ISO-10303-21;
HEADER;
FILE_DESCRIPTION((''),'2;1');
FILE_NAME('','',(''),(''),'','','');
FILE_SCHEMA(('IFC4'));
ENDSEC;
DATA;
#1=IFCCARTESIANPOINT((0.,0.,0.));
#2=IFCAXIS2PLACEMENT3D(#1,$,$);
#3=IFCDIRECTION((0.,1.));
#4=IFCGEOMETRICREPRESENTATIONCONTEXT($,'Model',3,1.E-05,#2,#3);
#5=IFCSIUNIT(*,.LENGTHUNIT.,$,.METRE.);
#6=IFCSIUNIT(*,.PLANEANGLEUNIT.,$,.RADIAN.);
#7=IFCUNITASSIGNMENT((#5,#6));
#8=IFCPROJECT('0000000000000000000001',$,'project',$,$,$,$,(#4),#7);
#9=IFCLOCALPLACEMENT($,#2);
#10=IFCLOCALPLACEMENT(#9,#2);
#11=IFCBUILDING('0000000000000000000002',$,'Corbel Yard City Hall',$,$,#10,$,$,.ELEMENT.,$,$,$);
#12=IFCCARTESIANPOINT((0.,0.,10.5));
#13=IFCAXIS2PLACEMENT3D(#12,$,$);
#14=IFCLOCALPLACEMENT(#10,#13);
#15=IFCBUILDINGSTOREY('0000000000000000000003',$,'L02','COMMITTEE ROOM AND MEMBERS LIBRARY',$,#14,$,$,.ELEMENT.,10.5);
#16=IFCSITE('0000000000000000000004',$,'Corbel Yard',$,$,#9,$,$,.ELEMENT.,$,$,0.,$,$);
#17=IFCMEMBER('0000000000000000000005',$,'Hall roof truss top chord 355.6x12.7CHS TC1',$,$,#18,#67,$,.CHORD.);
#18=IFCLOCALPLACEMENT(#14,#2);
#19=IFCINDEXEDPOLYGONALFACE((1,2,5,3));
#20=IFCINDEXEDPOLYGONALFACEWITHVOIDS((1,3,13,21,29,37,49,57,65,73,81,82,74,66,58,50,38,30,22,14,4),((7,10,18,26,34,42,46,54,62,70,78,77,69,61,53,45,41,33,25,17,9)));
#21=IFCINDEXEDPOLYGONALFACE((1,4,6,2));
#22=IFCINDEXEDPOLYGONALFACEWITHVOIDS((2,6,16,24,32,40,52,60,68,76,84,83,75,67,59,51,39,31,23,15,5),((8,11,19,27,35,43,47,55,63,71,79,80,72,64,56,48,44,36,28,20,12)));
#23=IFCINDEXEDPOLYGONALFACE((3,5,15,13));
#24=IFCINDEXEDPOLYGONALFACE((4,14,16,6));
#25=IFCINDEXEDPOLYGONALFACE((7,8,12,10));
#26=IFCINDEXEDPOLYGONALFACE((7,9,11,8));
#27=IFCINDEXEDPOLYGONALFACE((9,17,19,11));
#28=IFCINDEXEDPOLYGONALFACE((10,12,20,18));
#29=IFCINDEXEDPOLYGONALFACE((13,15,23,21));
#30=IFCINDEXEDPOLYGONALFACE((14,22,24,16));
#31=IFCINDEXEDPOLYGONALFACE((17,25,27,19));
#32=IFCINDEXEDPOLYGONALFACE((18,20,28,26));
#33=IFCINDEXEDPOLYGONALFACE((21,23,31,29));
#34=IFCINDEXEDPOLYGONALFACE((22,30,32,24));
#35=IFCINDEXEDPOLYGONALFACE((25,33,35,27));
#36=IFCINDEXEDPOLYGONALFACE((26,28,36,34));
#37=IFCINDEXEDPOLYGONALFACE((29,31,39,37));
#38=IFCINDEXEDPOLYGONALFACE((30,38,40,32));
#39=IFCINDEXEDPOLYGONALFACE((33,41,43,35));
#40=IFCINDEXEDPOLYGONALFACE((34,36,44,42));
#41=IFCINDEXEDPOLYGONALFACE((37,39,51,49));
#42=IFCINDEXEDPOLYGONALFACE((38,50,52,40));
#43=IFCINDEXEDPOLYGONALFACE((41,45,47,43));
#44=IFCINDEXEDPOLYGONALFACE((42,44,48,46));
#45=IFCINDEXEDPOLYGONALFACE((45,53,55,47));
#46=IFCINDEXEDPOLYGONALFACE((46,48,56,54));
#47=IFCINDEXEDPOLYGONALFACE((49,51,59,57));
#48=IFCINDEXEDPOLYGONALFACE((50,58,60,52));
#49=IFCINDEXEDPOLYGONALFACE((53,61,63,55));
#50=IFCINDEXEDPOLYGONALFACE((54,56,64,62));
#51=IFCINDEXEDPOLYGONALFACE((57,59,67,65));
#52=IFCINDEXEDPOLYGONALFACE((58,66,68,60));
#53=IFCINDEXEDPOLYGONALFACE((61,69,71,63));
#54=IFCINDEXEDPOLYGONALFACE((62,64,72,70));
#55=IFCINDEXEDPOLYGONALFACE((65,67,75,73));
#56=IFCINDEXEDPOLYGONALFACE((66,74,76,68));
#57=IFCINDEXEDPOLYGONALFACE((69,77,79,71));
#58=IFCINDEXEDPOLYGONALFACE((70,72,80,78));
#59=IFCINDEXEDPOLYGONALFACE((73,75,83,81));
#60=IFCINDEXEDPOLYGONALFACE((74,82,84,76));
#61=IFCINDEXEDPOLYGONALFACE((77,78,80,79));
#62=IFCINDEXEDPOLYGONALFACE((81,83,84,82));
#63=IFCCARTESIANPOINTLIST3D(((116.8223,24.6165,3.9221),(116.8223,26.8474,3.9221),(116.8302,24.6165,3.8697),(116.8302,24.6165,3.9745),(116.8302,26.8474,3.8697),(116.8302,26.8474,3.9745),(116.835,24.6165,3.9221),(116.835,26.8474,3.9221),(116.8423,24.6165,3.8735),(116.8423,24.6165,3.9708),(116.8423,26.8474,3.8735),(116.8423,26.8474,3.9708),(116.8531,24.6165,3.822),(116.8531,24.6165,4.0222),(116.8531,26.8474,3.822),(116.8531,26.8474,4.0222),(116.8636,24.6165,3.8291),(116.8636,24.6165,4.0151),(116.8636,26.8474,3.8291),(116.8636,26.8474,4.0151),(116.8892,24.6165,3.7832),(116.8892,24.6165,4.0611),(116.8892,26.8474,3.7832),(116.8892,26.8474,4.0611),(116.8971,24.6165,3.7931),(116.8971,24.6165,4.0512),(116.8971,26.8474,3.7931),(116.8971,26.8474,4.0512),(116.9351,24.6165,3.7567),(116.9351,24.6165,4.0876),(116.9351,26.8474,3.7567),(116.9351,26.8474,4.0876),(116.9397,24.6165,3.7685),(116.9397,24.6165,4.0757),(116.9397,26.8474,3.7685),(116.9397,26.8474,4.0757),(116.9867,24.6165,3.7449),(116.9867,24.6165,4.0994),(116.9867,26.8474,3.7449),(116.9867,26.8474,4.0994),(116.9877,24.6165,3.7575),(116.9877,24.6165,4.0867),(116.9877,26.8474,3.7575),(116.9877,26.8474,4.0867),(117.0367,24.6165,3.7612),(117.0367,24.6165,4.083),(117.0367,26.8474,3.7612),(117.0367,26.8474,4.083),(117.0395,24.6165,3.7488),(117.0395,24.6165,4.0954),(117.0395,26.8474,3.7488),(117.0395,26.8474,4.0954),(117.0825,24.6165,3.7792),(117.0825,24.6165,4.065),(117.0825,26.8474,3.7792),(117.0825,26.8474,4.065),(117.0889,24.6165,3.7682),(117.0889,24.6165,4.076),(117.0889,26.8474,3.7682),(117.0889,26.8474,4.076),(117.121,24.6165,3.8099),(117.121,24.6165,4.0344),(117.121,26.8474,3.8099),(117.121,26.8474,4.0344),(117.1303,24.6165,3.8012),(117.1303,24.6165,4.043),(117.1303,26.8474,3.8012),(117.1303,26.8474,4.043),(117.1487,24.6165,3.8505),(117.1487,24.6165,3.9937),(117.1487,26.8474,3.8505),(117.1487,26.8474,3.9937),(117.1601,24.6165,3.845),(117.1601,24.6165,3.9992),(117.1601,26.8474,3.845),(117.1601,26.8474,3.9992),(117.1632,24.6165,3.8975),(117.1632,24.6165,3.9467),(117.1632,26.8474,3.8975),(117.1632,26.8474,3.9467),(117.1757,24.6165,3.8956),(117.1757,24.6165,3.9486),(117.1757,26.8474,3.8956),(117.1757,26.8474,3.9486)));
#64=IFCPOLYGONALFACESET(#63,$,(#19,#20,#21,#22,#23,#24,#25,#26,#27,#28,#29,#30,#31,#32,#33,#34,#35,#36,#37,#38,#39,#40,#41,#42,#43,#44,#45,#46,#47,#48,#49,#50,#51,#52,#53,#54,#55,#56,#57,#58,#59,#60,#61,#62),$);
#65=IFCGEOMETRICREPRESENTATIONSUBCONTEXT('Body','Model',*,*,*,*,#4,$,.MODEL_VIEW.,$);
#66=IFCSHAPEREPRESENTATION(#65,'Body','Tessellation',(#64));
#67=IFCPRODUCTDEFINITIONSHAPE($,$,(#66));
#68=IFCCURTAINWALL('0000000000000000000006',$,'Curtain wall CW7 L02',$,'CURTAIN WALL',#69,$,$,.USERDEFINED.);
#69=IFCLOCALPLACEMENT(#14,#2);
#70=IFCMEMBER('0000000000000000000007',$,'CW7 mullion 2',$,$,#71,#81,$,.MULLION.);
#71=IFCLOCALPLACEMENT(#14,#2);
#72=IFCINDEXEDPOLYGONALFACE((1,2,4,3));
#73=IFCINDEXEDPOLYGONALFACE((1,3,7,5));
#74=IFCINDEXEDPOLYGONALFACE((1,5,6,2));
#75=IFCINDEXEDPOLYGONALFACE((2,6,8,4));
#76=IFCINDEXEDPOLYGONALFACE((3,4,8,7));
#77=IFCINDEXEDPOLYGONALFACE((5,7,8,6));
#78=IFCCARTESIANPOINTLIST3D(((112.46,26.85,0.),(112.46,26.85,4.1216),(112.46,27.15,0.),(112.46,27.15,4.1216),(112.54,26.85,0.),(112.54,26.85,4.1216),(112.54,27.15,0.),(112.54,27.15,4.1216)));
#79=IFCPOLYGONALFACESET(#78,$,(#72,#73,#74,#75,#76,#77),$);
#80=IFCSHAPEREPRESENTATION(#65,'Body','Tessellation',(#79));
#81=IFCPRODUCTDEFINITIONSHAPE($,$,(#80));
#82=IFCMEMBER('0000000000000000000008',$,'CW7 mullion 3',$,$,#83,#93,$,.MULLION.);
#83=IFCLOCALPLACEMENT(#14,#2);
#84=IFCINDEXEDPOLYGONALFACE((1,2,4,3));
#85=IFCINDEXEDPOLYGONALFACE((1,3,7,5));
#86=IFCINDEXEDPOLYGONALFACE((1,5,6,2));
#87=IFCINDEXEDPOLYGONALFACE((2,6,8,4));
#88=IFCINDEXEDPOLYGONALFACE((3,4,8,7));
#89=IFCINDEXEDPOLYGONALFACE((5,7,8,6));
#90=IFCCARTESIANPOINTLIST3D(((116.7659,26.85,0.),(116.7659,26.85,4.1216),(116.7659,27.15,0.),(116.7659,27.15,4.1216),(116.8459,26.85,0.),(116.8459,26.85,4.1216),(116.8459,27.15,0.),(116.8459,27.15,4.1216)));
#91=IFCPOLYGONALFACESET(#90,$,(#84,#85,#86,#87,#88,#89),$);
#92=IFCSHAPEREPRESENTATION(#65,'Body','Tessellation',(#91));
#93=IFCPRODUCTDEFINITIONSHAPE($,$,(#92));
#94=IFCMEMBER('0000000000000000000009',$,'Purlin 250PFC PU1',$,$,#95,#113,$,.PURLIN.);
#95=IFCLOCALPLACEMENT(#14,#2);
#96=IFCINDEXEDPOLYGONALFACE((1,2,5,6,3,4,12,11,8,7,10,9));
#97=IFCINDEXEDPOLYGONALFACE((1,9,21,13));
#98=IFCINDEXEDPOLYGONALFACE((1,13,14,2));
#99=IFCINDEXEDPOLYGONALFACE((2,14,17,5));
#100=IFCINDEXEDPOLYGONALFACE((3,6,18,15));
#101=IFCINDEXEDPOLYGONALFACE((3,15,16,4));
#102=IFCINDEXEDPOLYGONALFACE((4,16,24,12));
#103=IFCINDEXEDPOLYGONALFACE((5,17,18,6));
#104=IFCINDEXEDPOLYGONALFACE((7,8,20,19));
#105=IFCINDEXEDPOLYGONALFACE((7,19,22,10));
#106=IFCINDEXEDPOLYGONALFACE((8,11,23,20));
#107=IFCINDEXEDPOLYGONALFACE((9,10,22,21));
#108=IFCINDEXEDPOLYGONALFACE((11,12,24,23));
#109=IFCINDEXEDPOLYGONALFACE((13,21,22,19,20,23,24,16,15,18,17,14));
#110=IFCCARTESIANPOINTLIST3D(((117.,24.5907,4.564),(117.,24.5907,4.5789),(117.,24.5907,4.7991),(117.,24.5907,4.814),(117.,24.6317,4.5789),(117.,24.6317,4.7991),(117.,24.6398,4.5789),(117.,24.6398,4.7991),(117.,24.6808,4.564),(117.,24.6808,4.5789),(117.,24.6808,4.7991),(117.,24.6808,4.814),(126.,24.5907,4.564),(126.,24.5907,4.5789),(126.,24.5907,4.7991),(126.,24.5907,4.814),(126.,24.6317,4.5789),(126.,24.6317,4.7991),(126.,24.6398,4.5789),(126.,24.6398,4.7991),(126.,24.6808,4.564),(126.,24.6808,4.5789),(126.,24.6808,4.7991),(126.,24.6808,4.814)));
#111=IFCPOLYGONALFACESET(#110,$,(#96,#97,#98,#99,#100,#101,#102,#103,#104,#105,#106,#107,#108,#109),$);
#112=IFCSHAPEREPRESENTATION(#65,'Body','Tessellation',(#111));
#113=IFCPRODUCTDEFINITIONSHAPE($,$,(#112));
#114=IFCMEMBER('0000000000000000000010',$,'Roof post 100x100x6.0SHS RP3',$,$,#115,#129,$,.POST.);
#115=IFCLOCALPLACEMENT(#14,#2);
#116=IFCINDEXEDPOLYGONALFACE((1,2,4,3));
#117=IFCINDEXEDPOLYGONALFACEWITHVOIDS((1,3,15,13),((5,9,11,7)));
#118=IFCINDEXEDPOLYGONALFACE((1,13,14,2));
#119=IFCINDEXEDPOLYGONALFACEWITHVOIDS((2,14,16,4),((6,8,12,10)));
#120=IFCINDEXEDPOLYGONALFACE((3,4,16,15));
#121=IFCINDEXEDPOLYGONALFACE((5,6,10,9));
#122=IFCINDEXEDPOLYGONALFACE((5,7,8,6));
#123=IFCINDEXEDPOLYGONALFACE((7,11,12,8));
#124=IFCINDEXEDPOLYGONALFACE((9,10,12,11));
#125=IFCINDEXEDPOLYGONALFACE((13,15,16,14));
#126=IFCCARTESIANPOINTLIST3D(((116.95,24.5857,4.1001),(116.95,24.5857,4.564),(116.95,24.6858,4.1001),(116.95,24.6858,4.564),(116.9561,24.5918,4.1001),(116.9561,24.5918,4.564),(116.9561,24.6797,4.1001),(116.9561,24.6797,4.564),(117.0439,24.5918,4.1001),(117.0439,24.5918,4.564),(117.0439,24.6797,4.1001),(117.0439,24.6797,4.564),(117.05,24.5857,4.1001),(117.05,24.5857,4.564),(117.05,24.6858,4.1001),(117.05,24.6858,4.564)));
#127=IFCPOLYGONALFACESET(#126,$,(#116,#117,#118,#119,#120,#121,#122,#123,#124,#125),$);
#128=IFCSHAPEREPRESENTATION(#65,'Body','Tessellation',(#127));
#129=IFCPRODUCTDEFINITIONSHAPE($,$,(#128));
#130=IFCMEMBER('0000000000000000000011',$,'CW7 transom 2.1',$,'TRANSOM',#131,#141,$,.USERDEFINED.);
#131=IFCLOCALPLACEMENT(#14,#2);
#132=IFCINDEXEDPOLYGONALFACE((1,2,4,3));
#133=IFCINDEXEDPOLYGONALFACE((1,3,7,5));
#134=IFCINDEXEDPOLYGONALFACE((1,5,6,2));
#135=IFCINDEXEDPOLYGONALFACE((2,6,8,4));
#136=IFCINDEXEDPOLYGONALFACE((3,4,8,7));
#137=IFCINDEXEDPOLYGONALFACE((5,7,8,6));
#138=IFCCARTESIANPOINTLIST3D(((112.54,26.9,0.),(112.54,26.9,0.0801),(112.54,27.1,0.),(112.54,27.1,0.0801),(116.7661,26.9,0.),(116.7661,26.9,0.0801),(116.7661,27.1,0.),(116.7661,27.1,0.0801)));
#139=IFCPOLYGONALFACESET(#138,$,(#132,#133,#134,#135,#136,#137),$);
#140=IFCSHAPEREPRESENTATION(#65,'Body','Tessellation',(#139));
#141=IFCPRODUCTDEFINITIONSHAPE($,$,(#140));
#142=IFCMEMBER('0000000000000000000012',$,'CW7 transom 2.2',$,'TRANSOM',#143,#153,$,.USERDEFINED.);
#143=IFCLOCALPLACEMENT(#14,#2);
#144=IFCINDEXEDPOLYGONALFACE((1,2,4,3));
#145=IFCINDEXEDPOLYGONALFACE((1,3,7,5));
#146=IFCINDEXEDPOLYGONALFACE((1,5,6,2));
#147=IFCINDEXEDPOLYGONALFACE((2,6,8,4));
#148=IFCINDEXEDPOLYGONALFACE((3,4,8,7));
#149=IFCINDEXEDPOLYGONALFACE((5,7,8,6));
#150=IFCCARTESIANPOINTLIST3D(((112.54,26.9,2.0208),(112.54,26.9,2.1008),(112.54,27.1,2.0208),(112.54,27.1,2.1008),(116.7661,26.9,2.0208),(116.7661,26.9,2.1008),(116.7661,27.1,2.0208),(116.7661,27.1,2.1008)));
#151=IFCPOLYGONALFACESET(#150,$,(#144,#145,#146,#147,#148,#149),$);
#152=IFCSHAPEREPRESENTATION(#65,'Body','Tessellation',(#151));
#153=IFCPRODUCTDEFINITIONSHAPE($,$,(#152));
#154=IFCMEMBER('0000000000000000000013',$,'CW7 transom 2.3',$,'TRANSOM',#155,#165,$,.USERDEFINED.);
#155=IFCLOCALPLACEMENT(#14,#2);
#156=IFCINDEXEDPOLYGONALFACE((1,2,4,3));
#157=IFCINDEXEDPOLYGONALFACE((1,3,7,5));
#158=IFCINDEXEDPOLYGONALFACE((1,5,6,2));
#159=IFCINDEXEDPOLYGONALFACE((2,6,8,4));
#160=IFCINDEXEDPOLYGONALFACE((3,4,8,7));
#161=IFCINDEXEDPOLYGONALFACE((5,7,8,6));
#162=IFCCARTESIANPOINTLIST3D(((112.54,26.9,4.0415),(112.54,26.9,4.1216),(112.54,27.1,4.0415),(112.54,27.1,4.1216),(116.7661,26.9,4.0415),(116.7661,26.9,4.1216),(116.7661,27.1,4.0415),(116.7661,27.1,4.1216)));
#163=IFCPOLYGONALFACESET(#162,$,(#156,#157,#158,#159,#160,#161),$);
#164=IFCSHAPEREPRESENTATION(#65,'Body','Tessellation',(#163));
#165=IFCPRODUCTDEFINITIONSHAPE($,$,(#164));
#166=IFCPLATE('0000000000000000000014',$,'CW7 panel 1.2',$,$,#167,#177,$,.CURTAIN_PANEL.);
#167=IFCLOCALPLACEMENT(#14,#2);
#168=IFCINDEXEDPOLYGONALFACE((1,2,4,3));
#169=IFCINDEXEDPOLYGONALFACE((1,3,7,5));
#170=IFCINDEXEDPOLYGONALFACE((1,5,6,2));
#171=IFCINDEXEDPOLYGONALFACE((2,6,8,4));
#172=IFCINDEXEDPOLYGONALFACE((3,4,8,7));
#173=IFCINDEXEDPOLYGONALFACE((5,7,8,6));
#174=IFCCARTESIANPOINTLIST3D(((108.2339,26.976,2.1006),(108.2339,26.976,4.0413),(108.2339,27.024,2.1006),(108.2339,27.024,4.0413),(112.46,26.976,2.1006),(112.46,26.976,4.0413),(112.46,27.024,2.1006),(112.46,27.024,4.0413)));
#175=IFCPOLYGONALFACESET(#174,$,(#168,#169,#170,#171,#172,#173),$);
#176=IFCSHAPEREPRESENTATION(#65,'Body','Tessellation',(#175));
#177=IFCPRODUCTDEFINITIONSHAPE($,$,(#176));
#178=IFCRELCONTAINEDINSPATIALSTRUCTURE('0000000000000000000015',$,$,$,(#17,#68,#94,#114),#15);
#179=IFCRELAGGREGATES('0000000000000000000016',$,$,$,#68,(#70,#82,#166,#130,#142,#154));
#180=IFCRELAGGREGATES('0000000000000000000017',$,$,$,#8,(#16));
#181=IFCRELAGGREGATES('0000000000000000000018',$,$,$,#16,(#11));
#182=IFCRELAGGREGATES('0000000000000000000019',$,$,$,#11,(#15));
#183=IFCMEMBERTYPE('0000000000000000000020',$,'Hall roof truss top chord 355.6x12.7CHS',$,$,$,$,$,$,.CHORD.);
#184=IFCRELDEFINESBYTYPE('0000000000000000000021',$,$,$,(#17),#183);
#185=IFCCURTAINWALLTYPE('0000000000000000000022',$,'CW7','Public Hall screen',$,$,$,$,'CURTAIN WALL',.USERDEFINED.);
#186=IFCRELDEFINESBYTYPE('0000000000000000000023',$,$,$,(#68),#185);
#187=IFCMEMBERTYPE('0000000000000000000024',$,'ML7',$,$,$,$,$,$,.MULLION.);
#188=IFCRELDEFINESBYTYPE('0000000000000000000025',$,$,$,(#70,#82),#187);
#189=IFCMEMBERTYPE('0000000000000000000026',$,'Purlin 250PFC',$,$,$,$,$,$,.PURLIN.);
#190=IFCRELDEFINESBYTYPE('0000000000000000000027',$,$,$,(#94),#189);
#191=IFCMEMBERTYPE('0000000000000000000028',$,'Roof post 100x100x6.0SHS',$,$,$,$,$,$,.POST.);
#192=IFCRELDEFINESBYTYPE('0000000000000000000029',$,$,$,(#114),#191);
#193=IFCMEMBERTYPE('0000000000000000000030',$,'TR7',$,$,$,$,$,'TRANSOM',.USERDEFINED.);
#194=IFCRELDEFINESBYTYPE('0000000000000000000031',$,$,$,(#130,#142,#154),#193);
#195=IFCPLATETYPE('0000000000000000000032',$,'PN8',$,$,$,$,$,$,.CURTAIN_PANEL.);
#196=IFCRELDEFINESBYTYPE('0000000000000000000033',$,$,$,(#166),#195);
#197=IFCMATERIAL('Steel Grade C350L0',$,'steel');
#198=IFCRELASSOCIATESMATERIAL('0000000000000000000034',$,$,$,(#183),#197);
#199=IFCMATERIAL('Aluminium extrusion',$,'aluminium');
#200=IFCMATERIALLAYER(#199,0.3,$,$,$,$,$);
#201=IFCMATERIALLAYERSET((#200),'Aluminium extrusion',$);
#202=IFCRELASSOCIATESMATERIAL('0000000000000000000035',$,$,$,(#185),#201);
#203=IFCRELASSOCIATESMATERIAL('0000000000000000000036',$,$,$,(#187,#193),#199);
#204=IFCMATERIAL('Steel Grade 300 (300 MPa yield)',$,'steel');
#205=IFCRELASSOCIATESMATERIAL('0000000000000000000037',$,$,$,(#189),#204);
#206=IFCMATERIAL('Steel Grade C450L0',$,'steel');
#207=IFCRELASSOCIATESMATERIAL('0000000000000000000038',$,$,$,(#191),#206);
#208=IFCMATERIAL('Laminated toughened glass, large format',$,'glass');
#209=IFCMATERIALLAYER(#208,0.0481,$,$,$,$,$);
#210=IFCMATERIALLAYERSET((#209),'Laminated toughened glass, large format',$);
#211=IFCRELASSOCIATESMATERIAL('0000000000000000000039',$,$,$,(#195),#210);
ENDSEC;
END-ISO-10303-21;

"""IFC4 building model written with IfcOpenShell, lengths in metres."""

from ifc_helpers import new_model, si_unit, direction, frame, origin, origin_2d, place, context, subcontext, project, spatial, rectangle, hollow_rectangle, hollow_circle, i_section, extrude, material, layer, layer_set, material_profile, profile_set, type_object, element, aggregate, save


model = new_model("IFC4")

# Units and contexts
model_context = context("Model", 3, precision=1e-05, world=origin(), true_north=direction((0.0, 1.0)))
body_context = subcontext(model_context, "Body", "Model", "MODEL_VIEW")
ifc_project = project(units=[si_unit("LENGTHUNIT", "METRE"), si_unit("PLANEANGLEUNIT", "RADIAN")], contexts=[model_context])

# Site, building, storey
site_placement = place(None, origin())
site = spatial("IfcSite", under=ifc_project, at=site_placement, Name="Corbel Yard", CompositionType="ELEMENT", RefElevation=0.0)
building_placement = place(site_placement, origin())
building = spatial("IfcBuilding", under=site, at=building_placement, Name="Corbel Yard City Hall", CompositionType="ELEMENT")
storey_placement = place(building_placement, frame((0.0, 0.0, 10.5)))
storey = spatial("IfcBuildingStorey", under=building, at=storey_placement, Name="L02", Description="COMMITTEE ROOM AND MEMBERS LIBRARY", CompositionType="ELEMENT", Elevation=10.5)

# Shared definitions
ifc_material_1 = material(Name="Steel Grade 300 (300 MPa yield)", Category="steel")

# Member
ifc_material_2 = material(Name="Steel Grade C350L0", Category="steel")
ifc_material_profile_1 = material_profile(ifc_material_2, hollow_circle(Radius=0.1777, WallThickness=0.0127, at=origin_2d()), Name="355.6x12.7CHS")
ifc_profile_set_1 = profile_set([ifc_material_profile_1], Name="Steel Grade C350L0")
member_type_1 = type_object("IfcMemberType", Name="Hall roof truss top chord 355.6x12.7CHS", PredefinedType="CHORD", material=ifc_profile_set_1)
member_1_placement = place(storey_placement, frame((117.0, 24.6165, 3.9221), z_axis=(0.0, 1.0, 0.0), x_axis=(-1.0, 0.0, 0.0)))
element("IfcMember", 1, at=member_1_placement, inside=storey, type_object=member_type_1, Name="Hall roof truss top chord 355.6x12.7CHS TC1", PredefinedType="CHORD", context=body_context, shape_type="SweptSolid", body=[
    extrude(hollow_circle(Radius=0.1777, WallThickness=0.0127, at=origin_2d()), origin(), (0.0, 0.0, 1.0), 2.231),
])

# Curtain wall, members
ifc_material_3 = material(Name="Aluminium extrusion", Category="aluminium")
ifc_layer_1 = layer(ifc_material_3, 0.3)
ifc_layer_set_1 = layer_set([ifc_layer_1], Name="Aluminium extrusion")
curtain_wall_type = type_object("IfcCurtainWallType", Name="CW7", Description="Public Hall screen", ElementType="CURTAIN WALL", PredefinedType="USERDEFINED", material=ifc_layer_set_1)
curtain_wall_placement = place(storey_placement, origin())
curtain_wall = element("IfcCurtainWall", 2, at=curtain_wall_placement, inside=storey, type_object=curtain_wall_type, Name="Curtain wall CW7 L02", ObjectType="CURTAIN WALL", PredefinedType="USERDEFINED")
ifc_material_profile_2 = material_profile(ifc_material_3, rectangle(XDim=0.3, YDim=0.0801, at=origin_2d()), Name="300x80")
ifc_profile_set_2 = profile_set([ifc_material_profile_2], Name="Aluminium extrusion")
member_type_2 = type_object("IfcMemberType", Name="ML7", PredefinedType="MULLION", material=ifc_profile_set_2)
member_2_placement = place(storey_placement, frame((112.5, 27.0, 0.0), z_axis=(0.0, 0.0, 1.0), x_axis=(0.0, 1.0, 0.0)))
member_2 = element("IfcMember", 3, at=member_2_placement, type_object=member_type_2, Name="CW7 mullion 2", PredefinedType="MULLION", context=body_context, shape_type="SweptSolid", body=[
    extrude(rectangle(XDim=0.3, YDim=0.0801, at=origin_2d()), origin(), (0.0, 0.0, 1.0), 4.1216),
])
member_3_placement = place(storey_placement, frame((116.8059, 27.0, 0.0), z_axis=(0.0, 0.0, 1.0), x_axis=(0.0, 1.0, 0.0)))
member_3 = element("IfcMember", 4, at=member_3_placement, type_object=member_type_2, Name="CW7 mullion 3", PredefinedType="MULLION", context=body_context, shape_type="SweptSolid", body=[
    extrude(rectangle(XDim=0.3, YDim=0.0801, at=origin_2d()), origin(), (0.0, 0.0, 1.0), 4.1216),
])

# Members
ifc_material_profile_3 = material_profile(ifc_material_1, i_section(OverallWidth=0.0901, OverallDepth=0.25, WebThickness=0.0081, FlangeThickness=0.0149, at=origin_2d()), Name="250PFC")
ifc_profile_set_3 = profile_set([ifc_material_profile_3], Name="Steel Grade 300 (300 MPa yield)")
member_type_3 = type_object("IfcMemberType", Name="Purlin 250PFC", PredefinedType="PURLIN", material=ifc_profile_set_3)
member_4_placement = place(storey_placement, frame((117.0, 24.6357, 4.689), z_axis=(1.0, 0.0, 0.0), x_axis=(0.0, 1.0, 0.0)))
element("IfcMember", 5, at=member_4_placement, inside=storey, type_object=member_type_3, Name="Purlin 250PFC PU1", PredefinedType="PURLIN", context=body_context, shape_type="SweptSolid", body=[
    extrude(i_section(OverallWidth=0.0901, OverallDepth=0.25, WebThickness=0.0081, FlangeThickness=0.0149, at=origin_2d()), origin(), (0.0, 0.0, 1.0), 9.0),
])
ifc_material_4 = material(Name="Steel Grade C450L0", Category="steel")
ifc_material_profile_4 = material_profile(ifc_material_4, hollow_rectangle(XDim=0.1001, YDim=0.1001, WallThickness=0.0061, at=origin_2d()), Name="100x100x6.0SHS")
ifc_profile_set_4 = profile_set([ifc_material_profile_4], Name="Steel Grade C450L0")
member_type_4 = type_object("IfcMemberType", Name="Roof post 100x100x6.0SHS", PredefinedType="POST", material=ifc_profile_set_4)
member_5_placement = place(storey_placement, frame((117.0, 24.6357, 4.1001), z_axis=(0.0, 0.0, 1.0), x_axis=(1.0, 0.0, 0.0)))
element("IfcMember", 6, at=member_5_placement, inside=storey, type_object=member_type_4, Name="Roof post 100x100x6.0SHS RP3", PredefinedType="POST", context=body_context, shape_type="SweptSolid", body=[
    extrude(hollow_rectangle(XDim=0.1001, YDim=0.1001, WallThickness=0.0061, at=origin_2d()), origin(), (0.0, 0.0, 1.0), 0.4639),
])

# Members
ifc_material_profile_5 = material_profile(ifc_material_3, rectangle(XDim=0.2, YDim=0.0801, at=origin_2d()), Name="200x80")
ifc_profile_set_5 = profile_set([ifc_material_profile_5], Name="Aluminium extrusion")
member_type_5 = type_object("IfcMemberType", Name="TR7", ElementType="TRANSOM", PredefinedType="USERDEFINED", material=ifc_profile_set_5)
member_6_placement = place(storey_placement, frame((112.54, 27.0, 0.04), z_axis=(1.0, 0.0, 0.0), x_axis=(0.0, 1.0, 0.0)))
member_6 = element("IfcMember", 7, at=member_6_placement, type_object=member_type_5, Name="CW7 transom 2.1", ObjectType="TRANSOM", PredefinedType="USERDEFINED", context=body_context, shape_type="SweptSolid", body=[
    extrude(rectangle(XDim=0.2, YDim=0.0801, at=origin_2d()), origin(), (0.0, 0.0, 1.0), 4.2261),
])
member_7_placement = place(storey_placement, frame((112.54, 27.0, 2.0608), z_axis=(1.0, 0.0, 0.0), x_axis=(0.0, 1.0, 0.0)))
member_7 = element("IfcMember", 8, at=member_7_placement, type_object=member_type_5, Name="CW7 transom 2.2", ObjectType="TRANSOM", PredefinedType="USERDEFINED", context=body_context, shape_type="SweptSolid", body=[
    extrude(rectangle(XDim=0.2, YDim=0.0801, at=origin_2d()), origin(), (0.0, 0.0, 1.0), 4.2261),
])
member_8_placement = place(storey_placement, frame((112.54, 27.0, 4.0815), z_axis=(1.0, 0.0, 0.0), x_axis=(0.0, 1.0, 0.0)))
member_8 = element("IfcMember", 9, at=member_8_placement, type_object=member_type_5, Name="CW7 transom 2.3", ObjectType="TRANSOM", PredefinedType="USERDEFINED", context=body_context, shape_type="SweptSolid", body=[
    extrude(rectangle(XDim=0.2, YDim=0.0801, at=origin_2d()), origin(), (0.0, 0.0, 1.0), 4.2261),
])

# Plate
ifc_material_5 = material(Name="Laminated toughened glass, large format", Category="glass")
ifc_layer_2 = layer(ifc_material_5, 0.0481)
ifc_layer_set_2 = layer_set([ifc_layer_2], Name="Laminated toughened glass, large format")
plate_type_1 = type_object("IfcPlateType", Name="PN8", PredefinedType="CURTAIN_PANEL", material=ifc_layer_set_2)
plate_1_placement = place(storey_placement, frame((110.3469, 27.0, 2.1006), z_axis=(0.0, 0.0, 1.0), x_axis=(1.0, 0.0, 0.0)))
plate_1 = element("IfcPlate", 10, at=plate_1_placement, type_object=plate_type_1, Name="CW7 panel 1.2", PredefinedType="CURTAIN_PANEL", context=body_context, shape_type="SweptSolid", body=[
    extrude(rectangle(XDim=4.2261, YDim=0.0481, at=origin_2d()), origin(), (0.0, 0.0, 1.0), 1.9407),
])
aggregate(curtain_wall, [member_2, member_3, plate_1, member_6, member_7, member_8])

save(model, "model.ifc")
